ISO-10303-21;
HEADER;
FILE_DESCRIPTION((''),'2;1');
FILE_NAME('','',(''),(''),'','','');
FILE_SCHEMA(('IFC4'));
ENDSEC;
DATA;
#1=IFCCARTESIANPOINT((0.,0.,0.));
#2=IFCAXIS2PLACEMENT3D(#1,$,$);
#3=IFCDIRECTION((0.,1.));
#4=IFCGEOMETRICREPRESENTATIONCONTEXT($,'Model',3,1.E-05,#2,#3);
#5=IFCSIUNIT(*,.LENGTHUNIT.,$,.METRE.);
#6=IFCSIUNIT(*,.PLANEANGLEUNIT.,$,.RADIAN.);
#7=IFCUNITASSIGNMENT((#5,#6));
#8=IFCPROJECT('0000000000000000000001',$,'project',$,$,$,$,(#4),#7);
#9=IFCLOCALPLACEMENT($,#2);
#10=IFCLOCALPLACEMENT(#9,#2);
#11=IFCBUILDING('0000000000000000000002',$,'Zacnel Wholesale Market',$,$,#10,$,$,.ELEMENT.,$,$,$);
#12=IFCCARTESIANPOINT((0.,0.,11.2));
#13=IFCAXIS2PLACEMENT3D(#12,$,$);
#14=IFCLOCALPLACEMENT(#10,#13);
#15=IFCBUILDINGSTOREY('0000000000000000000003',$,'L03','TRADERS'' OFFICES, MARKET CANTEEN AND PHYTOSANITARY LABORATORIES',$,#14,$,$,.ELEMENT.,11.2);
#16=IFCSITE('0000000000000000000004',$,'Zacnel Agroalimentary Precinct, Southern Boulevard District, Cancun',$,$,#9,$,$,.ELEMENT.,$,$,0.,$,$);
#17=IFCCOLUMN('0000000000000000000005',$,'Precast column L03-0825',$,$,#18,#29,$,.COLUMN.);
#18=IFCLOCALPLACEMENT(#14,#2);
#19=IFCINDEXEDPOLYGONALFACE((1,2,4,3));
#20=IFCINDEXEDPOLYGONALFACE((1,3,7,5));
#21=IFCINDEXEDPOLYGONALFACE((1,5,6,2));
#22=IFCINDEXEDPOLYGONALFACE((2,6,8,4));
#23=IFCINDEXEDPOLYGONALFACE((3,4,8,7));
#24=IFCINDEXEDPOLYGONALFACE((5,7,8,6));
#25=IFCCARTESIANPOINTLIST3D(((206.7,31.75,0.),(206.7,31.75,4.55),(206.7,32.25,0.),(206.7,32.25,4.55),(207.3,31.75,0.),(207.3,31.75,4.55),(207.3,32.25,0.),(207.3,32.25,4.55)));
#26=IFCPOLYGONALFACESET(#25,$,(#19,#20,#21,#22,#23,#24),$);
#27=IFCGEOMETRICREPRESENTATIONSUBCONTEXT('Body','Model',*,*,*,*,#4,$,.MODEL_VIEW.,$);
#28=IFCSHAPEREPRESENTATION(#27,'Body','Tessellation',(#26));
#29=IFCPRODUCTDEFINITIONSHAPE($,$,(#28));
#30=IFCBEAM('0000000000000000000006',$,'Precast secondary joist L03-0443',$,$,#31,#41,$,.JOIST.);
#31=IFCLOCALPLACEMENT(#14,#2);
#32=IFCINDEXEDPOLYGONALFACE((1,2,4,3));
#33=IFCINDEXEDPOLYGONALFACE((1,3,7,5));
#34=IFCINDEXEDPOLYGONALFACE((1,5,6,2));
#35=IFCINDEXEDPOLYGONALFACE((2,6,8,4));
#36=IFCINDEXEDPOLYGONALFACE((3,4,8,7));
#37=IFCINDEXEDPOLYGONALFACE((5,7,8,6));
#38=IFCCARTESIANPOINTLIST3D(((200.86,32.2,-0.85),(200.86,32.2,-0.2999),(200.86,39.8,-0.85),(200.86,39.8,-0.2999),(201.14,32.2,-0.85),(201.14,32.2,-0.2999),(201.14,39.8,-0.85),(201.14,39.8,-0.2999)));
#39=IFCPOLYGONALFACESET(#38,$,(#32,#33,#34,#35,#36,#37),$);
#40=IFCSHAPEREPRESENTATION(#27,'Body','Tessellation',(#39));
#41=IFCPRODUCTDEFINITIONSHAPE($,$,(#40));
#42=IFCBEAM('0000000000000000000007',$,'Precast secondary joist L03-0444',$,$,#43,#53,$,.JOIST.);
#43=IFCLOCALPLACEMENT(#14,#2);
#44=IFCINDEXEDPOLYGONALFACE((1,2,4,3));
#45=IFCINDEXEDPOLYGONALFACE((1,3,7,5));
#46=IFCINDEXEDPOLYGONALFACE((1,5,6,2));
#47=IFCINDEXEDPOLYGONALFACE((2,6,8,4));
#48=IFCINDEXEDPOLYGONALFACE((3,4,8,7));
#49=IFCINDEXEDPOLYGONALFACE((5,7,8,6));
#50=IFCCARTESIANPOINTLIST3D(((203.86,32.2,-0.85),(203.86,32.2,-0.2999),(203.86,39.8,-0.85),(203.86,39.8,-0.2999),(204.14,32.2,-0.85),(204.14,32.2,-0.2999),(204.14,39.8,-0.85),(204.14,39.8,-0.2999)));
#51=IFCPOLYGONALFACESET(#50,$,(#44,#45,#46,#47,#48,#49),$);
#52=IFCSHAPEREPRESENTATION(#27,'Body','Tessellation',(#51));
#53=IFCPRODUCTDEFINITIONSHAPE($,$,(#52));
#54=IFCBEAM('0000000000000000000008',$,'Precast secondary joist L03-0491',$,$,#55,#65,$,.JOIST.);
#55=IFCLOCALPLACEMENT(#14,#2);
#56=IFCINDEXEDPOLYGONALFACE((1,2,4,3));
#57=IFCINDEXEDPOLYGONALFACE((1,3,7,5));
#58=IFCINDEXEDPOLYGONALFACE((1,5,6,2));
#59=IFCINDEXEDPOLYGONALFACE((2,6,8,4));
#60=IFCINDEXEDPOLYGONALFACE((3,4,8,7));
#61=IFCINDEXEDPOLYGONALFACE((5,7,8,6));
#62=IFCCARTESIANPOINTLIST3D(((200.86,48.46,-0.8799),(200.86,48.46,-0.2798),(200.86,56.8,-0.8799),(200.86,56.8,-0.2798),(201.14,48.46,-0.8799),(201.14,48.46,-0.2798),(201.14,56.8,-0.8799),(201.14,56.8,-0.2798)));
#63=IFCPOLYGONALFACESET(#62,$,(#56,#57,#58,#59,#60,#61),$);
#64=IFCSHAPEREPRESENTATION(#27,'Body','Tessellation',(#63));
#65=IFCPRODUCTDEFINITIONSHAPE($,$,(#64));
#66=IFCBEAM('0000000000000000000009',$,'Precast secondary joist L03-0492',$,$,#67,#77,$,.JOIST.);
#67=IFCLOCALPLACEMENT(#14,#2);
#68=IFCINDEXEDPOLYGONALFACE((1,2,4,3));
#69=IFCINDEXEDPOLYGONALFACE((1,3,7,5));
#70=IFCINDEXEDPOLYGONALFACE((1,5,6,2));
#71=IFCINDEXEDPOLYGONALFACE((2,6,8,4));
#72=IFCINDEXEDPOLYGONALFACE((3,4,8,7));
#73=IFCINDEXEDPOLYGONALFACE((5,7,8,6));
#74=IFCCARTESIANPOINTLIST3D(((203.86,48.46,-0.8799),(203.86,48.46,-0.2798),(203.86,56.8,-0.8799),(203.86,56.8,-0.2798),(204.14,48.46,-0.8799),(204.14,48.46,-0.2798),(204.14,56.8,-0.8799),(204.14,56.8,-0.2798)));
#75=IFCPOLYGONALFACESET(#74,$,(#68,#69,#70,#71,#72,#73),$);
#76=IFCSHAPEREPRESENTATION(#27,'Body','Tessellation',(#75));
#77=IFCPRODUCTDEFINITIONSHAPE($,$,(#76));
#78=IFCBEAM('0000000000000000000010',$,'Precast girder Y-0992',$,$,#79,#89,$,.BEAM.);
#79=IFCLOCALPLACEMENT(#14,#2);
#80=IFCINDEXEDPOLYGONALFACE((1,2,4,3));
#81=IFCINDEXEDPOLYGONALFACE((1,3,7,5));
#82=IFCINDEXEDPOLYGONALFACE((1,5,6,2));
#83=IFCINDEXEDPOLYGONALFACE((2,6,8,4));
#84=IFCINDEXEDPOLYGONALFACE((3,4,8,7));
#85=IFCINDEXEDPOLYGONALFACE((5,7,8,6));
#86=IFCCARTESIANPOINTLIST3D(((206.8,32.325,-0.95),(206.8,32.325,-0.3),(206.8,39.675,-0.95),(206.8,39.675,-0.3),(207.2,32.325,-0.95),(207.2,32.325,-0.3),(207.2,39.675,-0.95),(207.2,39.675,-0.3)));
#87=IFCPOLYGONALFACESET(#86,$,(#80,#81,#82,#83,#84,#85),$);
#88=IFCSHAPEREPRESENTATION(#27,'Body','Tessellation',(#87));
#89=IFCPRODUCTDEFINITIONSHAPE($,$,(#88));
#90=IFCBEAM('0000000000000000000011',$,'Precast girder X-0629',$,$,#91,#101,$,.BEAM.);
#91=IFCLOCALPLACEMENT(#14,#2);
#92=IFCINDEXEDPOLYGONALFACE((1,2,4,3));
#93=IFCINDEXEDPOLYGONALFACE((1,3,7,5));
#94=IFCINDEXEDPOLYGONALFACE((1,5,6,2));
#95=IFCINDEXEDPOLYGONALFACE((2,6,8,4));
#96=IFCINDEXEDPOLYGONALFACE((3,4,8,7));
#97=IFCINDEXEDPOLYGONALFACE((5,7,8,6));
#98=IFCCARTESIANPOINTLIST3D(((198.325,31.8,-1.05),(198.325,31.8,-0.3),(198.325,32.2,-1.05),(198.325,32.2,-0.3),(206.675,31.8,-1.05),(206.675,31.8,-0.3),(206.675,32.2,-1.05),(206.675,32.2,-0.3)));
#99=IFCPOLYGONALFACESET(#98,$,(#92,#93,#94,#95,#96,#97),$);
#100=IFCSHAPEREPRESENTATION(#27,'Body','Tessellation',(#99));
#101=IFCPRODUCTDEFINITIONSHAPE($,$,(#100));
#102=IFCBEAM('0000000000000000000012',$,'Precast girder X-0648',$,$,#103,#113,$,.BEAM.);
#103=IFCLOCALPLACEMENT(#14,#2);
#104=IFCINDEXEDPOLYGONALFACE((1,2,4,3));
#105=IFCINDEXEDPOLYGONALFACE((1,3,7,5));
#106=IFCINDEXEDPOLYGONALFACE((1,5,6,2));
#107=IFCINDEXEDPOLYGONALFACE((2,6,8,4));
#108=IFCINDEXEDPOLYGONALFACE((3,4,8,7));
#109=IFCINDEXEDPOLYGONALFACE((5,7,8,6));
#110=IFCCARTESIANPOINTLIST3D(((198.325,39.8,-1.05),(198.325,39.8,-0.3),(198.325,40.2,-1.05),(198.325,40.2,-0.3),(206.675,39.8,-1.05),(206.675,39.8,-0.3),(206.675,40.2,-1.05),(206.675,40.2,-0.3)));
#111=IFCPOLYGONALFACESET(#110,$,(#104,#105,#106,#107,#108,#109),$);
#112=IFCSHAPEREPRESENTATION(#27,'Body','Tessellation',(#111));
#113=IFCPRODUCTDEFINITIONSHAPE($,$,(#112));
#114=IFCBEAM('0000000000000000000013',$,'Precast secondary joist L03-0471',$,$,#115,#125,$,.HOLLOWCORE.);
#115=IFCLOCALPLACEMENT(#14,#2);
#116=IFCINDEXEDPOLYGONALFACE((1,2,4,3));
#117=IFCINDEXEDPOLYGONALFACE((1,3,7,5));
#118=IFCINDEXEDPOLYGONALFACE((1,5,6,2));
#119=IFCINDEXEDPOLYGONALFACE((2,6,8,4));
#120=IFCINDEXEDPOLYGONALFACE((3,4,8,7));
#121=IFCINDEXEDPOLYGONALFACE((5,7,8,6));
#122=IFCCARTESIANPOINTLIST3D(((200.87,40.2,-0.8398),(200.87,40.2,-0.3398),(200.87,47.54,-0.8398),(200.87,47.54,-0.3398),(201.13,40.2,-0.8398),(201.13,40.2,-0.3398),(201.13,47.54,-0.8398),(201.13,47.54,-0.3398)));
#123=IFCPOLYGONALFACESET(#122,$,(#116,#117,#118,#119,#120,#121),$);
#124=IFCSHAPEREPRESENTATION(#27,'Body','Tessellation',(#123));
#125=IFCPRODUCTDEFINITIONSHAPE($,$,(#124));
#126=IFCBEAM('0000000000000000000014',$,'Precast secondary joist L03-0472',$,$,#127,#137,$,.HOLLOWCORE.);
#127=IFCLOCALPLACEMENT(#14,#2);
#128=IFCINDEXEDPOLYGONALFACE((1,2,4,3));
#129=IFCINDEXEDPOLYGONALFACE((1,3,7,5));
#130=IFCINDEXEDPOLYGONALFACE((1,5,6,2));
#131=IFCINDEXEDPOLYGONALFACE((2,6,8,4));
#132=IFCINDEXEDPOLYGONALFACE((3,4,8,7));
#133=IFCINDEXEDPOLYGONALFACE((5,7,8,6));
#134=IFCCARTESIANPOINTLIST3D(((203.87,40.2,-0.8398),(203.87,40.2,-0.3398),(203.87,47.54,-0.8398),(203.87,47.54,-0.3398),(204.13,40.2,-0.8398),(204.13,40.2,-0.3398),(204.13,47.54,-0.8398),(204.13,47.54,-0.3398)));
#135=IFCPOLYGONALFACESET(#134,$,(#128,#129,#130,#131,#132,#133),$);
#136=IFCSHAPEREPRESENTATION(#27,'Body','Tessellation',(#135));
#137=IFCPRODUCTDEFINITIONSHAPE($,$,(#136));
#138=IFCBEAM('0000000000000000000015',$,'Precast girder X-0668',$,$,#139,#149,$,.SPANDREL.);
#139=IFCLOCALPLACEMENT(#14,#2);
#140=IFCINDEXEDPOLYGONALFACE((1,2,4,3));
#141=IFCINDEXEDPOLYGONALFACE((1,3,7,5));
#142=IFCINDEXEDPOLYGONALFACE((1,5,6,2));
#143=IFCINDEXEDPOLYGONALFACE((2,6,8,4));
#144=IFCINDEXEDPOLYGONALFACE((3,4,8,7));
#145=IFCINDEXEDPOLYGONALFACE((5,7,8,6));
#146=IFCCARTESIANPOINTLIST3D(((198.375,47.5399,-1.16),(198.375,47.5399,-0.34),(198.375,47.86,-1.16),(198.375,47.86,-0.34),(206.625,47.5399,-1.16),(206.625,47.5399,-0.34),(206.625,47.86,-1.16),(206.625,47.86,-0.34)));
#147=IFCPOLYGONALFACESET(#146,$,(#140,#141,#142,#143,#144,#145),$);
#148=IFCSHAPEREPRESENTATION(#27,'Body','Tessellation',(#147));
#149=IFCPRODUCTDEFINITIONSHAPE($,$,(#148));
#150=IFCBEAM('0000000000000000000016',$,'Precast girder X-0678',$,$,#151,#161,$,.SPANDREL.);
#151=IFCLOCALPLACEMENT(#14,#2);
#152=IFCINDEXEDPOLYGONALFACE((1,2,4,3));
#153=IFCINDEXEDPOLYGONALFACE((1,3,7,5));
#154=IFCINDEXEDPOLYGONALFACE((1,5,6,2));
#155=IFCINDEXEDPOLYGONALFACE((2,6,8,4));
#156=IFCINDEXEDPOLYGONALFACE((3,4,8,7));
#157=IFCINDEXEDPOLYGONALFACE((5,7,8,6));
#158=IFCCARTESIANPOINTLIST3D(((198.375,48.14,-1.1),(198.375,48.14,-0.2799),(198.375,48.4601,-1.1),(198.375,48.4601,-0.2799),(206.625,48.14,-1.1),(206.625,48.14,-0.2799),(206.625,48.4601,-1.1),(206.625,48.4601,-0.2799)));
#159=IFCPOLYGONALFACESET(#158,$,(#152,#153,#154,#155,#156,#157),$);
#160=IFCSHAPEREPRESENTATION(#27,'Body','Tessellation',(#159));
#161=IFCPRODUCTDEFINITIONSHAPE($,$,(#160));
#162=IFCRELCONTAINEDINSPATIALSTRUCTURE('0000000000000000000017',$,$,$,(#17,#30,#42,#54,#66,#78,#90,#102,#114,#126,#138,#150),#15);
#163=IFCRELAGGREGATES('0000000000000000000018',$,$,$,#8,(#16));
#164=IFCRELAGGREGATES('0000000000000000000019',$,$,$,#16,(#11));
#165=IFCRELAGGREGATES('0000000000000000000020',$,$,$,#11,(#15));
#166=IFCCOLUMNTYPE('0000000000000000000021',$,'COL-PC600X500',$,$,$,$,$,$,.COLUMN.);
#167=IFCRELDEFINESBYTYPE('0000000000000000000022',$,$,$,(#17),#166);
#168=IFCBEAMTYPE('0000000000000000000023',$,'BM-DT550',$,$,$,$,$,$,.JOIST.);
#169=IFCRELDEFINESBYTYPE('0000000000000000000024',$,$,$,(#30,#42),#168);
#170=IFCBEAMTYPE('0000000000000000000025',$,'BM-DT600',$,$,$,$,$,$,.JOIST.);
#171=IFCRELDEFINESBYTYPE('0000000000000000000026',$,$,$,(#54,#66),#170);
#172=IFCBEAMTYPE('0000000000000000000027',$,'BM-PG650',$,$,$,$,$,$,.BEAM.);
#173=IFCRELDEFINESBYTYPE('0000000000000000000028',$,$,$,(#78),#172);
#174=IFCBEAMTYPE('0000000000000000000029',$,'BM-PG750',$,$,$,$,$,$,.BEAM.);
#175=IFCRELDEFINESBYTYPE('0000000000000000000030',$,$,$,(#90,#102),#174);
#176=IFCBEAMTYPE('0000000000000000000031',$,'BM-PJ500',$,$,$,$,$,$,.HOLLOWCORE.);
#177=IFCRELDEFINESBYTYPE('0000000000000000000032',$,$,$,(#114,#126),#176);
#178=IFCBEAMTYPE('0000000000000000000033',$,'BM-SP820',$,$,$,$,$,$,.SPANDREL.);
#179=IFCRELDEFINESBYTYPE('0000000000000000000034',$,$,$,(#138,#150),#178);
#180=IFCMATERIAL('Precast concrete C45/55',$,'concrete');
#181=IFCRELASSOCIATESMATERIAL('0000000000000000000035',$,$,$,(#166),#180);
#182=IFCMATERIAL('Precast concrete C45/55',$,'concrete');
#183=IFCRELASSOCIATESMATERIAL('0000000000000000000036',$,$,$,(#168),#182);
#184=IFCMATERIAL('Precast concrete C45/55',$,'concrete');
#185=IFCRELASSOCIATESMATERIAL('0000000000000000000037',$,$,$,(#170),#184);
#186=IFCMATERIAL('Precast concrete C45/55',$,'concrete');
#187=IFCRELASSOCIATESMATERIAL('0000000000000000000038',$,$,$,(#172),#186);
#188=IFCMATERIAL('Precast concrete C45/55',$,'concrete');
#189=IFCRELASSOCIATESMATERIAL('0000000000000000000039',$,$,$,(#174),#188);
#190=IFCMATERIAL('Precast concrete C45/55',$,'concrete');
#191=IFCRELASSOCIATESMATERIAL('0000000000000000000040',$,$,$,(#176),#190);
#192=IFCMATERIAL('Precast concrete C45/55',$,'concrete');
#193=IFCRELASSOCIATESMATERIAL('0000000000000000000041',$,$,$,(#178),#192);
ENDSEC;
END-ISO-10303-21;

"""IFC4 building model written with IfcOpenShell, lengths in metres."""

from ifc_helpers import new_model, si_unit, direction, frame, origin, origin_2d, place, context, subcontext, project, spatial, rectangle, extrude, material, material_profile, profile_set, type_object, element, save


model = new_model("IFC4")

# Units and contexts
model_context = context("Model", 3, precision=1e-05, world=origin(), true_north=direction((0.0, 1.0)))
body_context = subcontext(model_context, "Body", "Model", "MODEL_VIEW")
ifc_project = project(units=[si_unit("LENGTHUNIT", "METRE"), si_unit("PLANEANGLEUNIT", "RADIAN")], contexts=[model_context])

# Site, building, storey
site_placement = place(None, origin())
site = spatial("IfcSite", under=ifc_project, at=site_placement, Name="Zacnel Agroalimentary Precinct, Southern Boulevard District, Cancun", CompositionType="ELEMENT", RefElevation=0.0)
building_placement = place(site_placement, origin())
building = spatial("IfcBuilding", under=site, at=building_placement, Name="Zacnel Wholesale Market", CompositionType="ELEMENT")
storey_placement = place(building_placement, frame((0.0, 0.0, 11.2)))
storey = spatial("IfcBuildingStorey", under=building, at=storey_placement, Name="L03", Description="TRADERS' OFFICES, MARKET CANTEEN AND PHYTOSANITARY LABORATORIES", CompositionType="ELEMENT", Elevation=11.2)

# Column
ifc_material_1 = material(Name="Precast concrete C45/55", Category="concrete")
ifc_material_profile_1 = material_profile(ifc_material_1, rectangle(XDim=0.6001, YDim=0.5, at=origin_2d()), Name="PC 600x500")
ifc_profile_set_1 = profile_set([ifc_material_profile_1], Name="Precast concrete C45/55")
column_type = type_object("IfcColumnType", Name="COL-PC600X500", PredefinedType="COLUMN", material=ifc_profile_set_1)
column_placement = place(storey_placement, frame((207.0, 32.0, 0.0), z_axis=(0.0, 0.0, 1.0), x_axis=(1.0, 0.0, 0.0)))
element("IfcColumn", 1, at=column_placement, inside=storey, type_object=column_type, Name="Precast column L03-0825", PredefinedType="COLUMN", context=body_context, shape_type="SweptSolid", body=[
    extrude(rectangle(XDim=0.6001, YDim=0.5, at=origin_2d()), origin(), (0.0, 0.0, 1.0), 4.55),
])

# Beams
ifc_material_2 = material(Name="Precast concrete C45/55", Category="concrete")
ifc_material_profile_2 = material_profile(ifc_material_2, rectangle(XDim=0.28, YDim=0.55, at=origin_2d()), Name="DT RIB 280x550")
ifc_profile_set_2 = profile_set([ifc_material_profile_2], Name="Precast concrete C45/55")
beam_type_1 = type_object("IfcBeamType", Name="BM-DT550", PredefinedType="JOIST", material=ifc_profile_set_2)
for number, where, z_axis, x_axis, name in (
    (2, (201.0, 32.2, -0.575), (0.0, 1.0, 0.0), (-1.0, 0.0, 0.0), "Precast secondary joist L03-0443"),
    (3, (204.0, 32.2, -0.575), (0.0, 1.0, 0.0), (-1.0, 0.0, 0.0), "Precast secondary joist L03-0444"),
):
    element("IfcBeam", number, at=place(storey_placement, frame(where, z_axis=z_axis, x_axis=x_axis)), inside=storey, type_object=beam_type_1, Name=name, PredefinedType="JOIST", context=body_context, shape_type="SweptSolid", body=[
        extrude(rectangle(XDim=0.28, YDim=0.55, at=origin_2d()), origin(), (0.0, 0.0, 1.0), 7.6001),
    ])
ifc_material_3 = material(Name="Precast concrete C45/55", Category="concrete")
ifc_material_profile_3 = material_profile(ifc_material_3, rectangle(XDim=0.28, YDim=0.6001, at=origin_2d()), Name="DT RIB 280x600")
ifc_profile_set_3 = profile_set([ifc_material_profile_3], Name="Precast concrete C45/55")
beam_type_2 = type_object("IfcBeamType", Name="BM-DT600", PredefinedType="JOIST", material=ifc_profile_set_3)
for number, where, z_axis, x_axis, name in (
    (4, (201.0, 48.46, -0.5798), (0.0, 1.0, 0.0), (-1.0, 0.0, 0.0), "Precast secondary joist L03-0491"),
    (5, (204.0, 48.46, -0.5798), (0.0, 1.0, 0.0), (-1.0, 0.0, 0.0), "Precast secondary joist L03-0492"),
):
    element("IfcBeam", number, at=place(storey_placement, frame(where, z_axis=z_axis, x_axis=x_axis)), inside=storey, type_object=beam_type_2, Name=name, PredefinedType="JOIST", context=body_context, shape_type="SweptSolid", body=[
        extrude(rectangle(XDim=0.28, YDim=0.6001, at=origin_2d()), origin(), (0.0, 0.0, 1.0), 8.3401),
    ])
ifc_material_4 = material(Name="Precast concrete C45/55", Category="concrete")
ifc_material_profile_4 = material_profile(ifc_material_4, rectangle(XDim=0.3999, YDim=0.6499, at=origin_2d()), Name="PG 400x650")
ifc_profile_set_4 = profile_set([ifc_material_profile_4], Name="Precast concrete C45/55")
beam_type_3 = type_object("IfcBeamType", Name="BM-PG650", PredefinedType="BEAM", material=ifc_profile_set_4)
beam_placement = place(storey_placement, frame((207.0, 32.325, -0.625), z_axis=(0.0, 1.0, 0.0), x_axis=(-1.0, 0.0, 0.0)))
element("IfcBeam", 6, at=beam_placement, inside=storey, type_object=beam_type_3, Name="Precast girder Y-0992", PredefinedType="BEAM", context=body_context, shape_type="SweptSolid", body=[
    extrude(rectangle(XDim=0.3999, YDim=0.6499, at=origin_2d()), origin(), (0.0, 0.0, 1.0), 7.3501),
])
ifc_material_5 = material(Name="Precast concrete C45/55", Category="concrete")
ifc_material_profile_5 = material_profile(ifc_material_5, rectangle(XDim=0.3999, YDim=0.75, at=origin_2d()), Name="PG 400x750")
ifc_profile_set_5 = profile_set([ifc_material_profile_5], Name="Precast concrete C45/55")
beam_type_4 = type_object("IfcBeamType", Name="BM-PG750", PredefinedType="BEAM", material=ifc_profile_set_5)
for number, where, z_axis, x_axis, name in (
    (7, (198.325, 32.0, -0.675), (1.0, 0.0, 0.0), (0.0, 1.0, 0.0), "Precast girder X-0629"),
    (8, (198.325, 40.0, -0.675), (1.0, 0.0, 0.0), (0.0, 1.0, 0.0), "Precast girder X-0648"),
):
    element("IfcBeam", number, at=place(storey_placement, frame(where, z_axis=z_axis, x_axis=x_axis)), inside=storey, type_object=beam_type_4, Name=name, PredefinedType="BEAM", context=body_context, shape_type="SweptSolid", body=[
        extrude(rectangle(XDim=0.3999, YDim=0.75, at=origin_2d()), origin(), (0.0, 0.0, 1.0), 8.3501),
    ])
ifc_material_6 = material(Name="Precast concrete C45/55", Category="concrete")
ifc_material_profile_6 = material_profile(ifc_material_6, rectangle(XDim=0.26, YDim=0.5, at=origin_2d()), Name="PJ 260x500")
ifc_profile_set_6 = profile_set([ifc_material_profile_6], Name="Precast concrete C45/55")
beam_type_5 = type_object("IfcBeamType", Name="BM-PJ500", PredefinedType="HOLLOWCORE", material=ifc_profile_set_6)
for number, where, z_axis, x_axis, name in (
    (9, (201.0, 40.2, -0.5898), (0.0, 1.0, 0.0), (-1.0, 0.0, 0.0), "Precast secondary joist L03-0471"),
    (10, (204.0, 40.2, -0.5898), (0.0, 1.0, 0.0), (-1.0, 0.0, 0.0), "Precast secondary joist L03-0472"),
):
    element("IfcBeam", number, at=place(storey_placement, frame(where, z_axis=z_axis, x_axis=x_axis)), inside=storey, type_object=beam_type_5, Name=name, PredefinedType="HOLLOWCORE", context=body_context, shape_type="SweptSolid", body=[
        extrude(rectangle(XDim=0.26, YDim=0.5, at=origin_2d()), origin(), (0.0, 0.0, 1.0), 7.3401),
    ])
ifc_material_7 = material(Name="Precast concrete C45/55", Category="concrete")
ifc_material_profile_7 = material_profile(ifc_material_7, rectangle(XDim=0.3201, YDim=0.8201, at=origin_2d()), Name="SP 320x820")
ifc_profile_set_7 = profile_set([ifc_material_profile_7], Name="Precast concrete C45/55")
beam_type_6 = type_object("IfcBeamType", Name="BM-SP820", PredefinedType="SPANDREL", material=ifc_profile_set_7)
for number, where, z_axis, x_axis, name in (
    (11, (198.375, 47.7, -0.75), (1.0, 0.0, 0.0), (0.0, 1.0, 0.0), "Precast girder X-0668"),
    (12, (198.375, 48.3, -0.6899), (1.0, 0.0, 0.0), (0.0, 1.0, 0.0), "Precast girder X-0678"),
):
    element("IfcBeam", number, at=place(storey_placement, frame(where, z_axis=z_axis, x_axis=x_axis)), inside=storey, type_object=beam_type_6, Name=name, PredefinedType="SPANDREL", context=body_context, shape_type="SweptSolid", body=[
        extrude(rectangle(XDim=0.3201, YDim=0.8201, at=origin_2d()), origin(), (0.0, 0.0, 1.0), 8.25),
    ])

save(model, "model.ifc")
